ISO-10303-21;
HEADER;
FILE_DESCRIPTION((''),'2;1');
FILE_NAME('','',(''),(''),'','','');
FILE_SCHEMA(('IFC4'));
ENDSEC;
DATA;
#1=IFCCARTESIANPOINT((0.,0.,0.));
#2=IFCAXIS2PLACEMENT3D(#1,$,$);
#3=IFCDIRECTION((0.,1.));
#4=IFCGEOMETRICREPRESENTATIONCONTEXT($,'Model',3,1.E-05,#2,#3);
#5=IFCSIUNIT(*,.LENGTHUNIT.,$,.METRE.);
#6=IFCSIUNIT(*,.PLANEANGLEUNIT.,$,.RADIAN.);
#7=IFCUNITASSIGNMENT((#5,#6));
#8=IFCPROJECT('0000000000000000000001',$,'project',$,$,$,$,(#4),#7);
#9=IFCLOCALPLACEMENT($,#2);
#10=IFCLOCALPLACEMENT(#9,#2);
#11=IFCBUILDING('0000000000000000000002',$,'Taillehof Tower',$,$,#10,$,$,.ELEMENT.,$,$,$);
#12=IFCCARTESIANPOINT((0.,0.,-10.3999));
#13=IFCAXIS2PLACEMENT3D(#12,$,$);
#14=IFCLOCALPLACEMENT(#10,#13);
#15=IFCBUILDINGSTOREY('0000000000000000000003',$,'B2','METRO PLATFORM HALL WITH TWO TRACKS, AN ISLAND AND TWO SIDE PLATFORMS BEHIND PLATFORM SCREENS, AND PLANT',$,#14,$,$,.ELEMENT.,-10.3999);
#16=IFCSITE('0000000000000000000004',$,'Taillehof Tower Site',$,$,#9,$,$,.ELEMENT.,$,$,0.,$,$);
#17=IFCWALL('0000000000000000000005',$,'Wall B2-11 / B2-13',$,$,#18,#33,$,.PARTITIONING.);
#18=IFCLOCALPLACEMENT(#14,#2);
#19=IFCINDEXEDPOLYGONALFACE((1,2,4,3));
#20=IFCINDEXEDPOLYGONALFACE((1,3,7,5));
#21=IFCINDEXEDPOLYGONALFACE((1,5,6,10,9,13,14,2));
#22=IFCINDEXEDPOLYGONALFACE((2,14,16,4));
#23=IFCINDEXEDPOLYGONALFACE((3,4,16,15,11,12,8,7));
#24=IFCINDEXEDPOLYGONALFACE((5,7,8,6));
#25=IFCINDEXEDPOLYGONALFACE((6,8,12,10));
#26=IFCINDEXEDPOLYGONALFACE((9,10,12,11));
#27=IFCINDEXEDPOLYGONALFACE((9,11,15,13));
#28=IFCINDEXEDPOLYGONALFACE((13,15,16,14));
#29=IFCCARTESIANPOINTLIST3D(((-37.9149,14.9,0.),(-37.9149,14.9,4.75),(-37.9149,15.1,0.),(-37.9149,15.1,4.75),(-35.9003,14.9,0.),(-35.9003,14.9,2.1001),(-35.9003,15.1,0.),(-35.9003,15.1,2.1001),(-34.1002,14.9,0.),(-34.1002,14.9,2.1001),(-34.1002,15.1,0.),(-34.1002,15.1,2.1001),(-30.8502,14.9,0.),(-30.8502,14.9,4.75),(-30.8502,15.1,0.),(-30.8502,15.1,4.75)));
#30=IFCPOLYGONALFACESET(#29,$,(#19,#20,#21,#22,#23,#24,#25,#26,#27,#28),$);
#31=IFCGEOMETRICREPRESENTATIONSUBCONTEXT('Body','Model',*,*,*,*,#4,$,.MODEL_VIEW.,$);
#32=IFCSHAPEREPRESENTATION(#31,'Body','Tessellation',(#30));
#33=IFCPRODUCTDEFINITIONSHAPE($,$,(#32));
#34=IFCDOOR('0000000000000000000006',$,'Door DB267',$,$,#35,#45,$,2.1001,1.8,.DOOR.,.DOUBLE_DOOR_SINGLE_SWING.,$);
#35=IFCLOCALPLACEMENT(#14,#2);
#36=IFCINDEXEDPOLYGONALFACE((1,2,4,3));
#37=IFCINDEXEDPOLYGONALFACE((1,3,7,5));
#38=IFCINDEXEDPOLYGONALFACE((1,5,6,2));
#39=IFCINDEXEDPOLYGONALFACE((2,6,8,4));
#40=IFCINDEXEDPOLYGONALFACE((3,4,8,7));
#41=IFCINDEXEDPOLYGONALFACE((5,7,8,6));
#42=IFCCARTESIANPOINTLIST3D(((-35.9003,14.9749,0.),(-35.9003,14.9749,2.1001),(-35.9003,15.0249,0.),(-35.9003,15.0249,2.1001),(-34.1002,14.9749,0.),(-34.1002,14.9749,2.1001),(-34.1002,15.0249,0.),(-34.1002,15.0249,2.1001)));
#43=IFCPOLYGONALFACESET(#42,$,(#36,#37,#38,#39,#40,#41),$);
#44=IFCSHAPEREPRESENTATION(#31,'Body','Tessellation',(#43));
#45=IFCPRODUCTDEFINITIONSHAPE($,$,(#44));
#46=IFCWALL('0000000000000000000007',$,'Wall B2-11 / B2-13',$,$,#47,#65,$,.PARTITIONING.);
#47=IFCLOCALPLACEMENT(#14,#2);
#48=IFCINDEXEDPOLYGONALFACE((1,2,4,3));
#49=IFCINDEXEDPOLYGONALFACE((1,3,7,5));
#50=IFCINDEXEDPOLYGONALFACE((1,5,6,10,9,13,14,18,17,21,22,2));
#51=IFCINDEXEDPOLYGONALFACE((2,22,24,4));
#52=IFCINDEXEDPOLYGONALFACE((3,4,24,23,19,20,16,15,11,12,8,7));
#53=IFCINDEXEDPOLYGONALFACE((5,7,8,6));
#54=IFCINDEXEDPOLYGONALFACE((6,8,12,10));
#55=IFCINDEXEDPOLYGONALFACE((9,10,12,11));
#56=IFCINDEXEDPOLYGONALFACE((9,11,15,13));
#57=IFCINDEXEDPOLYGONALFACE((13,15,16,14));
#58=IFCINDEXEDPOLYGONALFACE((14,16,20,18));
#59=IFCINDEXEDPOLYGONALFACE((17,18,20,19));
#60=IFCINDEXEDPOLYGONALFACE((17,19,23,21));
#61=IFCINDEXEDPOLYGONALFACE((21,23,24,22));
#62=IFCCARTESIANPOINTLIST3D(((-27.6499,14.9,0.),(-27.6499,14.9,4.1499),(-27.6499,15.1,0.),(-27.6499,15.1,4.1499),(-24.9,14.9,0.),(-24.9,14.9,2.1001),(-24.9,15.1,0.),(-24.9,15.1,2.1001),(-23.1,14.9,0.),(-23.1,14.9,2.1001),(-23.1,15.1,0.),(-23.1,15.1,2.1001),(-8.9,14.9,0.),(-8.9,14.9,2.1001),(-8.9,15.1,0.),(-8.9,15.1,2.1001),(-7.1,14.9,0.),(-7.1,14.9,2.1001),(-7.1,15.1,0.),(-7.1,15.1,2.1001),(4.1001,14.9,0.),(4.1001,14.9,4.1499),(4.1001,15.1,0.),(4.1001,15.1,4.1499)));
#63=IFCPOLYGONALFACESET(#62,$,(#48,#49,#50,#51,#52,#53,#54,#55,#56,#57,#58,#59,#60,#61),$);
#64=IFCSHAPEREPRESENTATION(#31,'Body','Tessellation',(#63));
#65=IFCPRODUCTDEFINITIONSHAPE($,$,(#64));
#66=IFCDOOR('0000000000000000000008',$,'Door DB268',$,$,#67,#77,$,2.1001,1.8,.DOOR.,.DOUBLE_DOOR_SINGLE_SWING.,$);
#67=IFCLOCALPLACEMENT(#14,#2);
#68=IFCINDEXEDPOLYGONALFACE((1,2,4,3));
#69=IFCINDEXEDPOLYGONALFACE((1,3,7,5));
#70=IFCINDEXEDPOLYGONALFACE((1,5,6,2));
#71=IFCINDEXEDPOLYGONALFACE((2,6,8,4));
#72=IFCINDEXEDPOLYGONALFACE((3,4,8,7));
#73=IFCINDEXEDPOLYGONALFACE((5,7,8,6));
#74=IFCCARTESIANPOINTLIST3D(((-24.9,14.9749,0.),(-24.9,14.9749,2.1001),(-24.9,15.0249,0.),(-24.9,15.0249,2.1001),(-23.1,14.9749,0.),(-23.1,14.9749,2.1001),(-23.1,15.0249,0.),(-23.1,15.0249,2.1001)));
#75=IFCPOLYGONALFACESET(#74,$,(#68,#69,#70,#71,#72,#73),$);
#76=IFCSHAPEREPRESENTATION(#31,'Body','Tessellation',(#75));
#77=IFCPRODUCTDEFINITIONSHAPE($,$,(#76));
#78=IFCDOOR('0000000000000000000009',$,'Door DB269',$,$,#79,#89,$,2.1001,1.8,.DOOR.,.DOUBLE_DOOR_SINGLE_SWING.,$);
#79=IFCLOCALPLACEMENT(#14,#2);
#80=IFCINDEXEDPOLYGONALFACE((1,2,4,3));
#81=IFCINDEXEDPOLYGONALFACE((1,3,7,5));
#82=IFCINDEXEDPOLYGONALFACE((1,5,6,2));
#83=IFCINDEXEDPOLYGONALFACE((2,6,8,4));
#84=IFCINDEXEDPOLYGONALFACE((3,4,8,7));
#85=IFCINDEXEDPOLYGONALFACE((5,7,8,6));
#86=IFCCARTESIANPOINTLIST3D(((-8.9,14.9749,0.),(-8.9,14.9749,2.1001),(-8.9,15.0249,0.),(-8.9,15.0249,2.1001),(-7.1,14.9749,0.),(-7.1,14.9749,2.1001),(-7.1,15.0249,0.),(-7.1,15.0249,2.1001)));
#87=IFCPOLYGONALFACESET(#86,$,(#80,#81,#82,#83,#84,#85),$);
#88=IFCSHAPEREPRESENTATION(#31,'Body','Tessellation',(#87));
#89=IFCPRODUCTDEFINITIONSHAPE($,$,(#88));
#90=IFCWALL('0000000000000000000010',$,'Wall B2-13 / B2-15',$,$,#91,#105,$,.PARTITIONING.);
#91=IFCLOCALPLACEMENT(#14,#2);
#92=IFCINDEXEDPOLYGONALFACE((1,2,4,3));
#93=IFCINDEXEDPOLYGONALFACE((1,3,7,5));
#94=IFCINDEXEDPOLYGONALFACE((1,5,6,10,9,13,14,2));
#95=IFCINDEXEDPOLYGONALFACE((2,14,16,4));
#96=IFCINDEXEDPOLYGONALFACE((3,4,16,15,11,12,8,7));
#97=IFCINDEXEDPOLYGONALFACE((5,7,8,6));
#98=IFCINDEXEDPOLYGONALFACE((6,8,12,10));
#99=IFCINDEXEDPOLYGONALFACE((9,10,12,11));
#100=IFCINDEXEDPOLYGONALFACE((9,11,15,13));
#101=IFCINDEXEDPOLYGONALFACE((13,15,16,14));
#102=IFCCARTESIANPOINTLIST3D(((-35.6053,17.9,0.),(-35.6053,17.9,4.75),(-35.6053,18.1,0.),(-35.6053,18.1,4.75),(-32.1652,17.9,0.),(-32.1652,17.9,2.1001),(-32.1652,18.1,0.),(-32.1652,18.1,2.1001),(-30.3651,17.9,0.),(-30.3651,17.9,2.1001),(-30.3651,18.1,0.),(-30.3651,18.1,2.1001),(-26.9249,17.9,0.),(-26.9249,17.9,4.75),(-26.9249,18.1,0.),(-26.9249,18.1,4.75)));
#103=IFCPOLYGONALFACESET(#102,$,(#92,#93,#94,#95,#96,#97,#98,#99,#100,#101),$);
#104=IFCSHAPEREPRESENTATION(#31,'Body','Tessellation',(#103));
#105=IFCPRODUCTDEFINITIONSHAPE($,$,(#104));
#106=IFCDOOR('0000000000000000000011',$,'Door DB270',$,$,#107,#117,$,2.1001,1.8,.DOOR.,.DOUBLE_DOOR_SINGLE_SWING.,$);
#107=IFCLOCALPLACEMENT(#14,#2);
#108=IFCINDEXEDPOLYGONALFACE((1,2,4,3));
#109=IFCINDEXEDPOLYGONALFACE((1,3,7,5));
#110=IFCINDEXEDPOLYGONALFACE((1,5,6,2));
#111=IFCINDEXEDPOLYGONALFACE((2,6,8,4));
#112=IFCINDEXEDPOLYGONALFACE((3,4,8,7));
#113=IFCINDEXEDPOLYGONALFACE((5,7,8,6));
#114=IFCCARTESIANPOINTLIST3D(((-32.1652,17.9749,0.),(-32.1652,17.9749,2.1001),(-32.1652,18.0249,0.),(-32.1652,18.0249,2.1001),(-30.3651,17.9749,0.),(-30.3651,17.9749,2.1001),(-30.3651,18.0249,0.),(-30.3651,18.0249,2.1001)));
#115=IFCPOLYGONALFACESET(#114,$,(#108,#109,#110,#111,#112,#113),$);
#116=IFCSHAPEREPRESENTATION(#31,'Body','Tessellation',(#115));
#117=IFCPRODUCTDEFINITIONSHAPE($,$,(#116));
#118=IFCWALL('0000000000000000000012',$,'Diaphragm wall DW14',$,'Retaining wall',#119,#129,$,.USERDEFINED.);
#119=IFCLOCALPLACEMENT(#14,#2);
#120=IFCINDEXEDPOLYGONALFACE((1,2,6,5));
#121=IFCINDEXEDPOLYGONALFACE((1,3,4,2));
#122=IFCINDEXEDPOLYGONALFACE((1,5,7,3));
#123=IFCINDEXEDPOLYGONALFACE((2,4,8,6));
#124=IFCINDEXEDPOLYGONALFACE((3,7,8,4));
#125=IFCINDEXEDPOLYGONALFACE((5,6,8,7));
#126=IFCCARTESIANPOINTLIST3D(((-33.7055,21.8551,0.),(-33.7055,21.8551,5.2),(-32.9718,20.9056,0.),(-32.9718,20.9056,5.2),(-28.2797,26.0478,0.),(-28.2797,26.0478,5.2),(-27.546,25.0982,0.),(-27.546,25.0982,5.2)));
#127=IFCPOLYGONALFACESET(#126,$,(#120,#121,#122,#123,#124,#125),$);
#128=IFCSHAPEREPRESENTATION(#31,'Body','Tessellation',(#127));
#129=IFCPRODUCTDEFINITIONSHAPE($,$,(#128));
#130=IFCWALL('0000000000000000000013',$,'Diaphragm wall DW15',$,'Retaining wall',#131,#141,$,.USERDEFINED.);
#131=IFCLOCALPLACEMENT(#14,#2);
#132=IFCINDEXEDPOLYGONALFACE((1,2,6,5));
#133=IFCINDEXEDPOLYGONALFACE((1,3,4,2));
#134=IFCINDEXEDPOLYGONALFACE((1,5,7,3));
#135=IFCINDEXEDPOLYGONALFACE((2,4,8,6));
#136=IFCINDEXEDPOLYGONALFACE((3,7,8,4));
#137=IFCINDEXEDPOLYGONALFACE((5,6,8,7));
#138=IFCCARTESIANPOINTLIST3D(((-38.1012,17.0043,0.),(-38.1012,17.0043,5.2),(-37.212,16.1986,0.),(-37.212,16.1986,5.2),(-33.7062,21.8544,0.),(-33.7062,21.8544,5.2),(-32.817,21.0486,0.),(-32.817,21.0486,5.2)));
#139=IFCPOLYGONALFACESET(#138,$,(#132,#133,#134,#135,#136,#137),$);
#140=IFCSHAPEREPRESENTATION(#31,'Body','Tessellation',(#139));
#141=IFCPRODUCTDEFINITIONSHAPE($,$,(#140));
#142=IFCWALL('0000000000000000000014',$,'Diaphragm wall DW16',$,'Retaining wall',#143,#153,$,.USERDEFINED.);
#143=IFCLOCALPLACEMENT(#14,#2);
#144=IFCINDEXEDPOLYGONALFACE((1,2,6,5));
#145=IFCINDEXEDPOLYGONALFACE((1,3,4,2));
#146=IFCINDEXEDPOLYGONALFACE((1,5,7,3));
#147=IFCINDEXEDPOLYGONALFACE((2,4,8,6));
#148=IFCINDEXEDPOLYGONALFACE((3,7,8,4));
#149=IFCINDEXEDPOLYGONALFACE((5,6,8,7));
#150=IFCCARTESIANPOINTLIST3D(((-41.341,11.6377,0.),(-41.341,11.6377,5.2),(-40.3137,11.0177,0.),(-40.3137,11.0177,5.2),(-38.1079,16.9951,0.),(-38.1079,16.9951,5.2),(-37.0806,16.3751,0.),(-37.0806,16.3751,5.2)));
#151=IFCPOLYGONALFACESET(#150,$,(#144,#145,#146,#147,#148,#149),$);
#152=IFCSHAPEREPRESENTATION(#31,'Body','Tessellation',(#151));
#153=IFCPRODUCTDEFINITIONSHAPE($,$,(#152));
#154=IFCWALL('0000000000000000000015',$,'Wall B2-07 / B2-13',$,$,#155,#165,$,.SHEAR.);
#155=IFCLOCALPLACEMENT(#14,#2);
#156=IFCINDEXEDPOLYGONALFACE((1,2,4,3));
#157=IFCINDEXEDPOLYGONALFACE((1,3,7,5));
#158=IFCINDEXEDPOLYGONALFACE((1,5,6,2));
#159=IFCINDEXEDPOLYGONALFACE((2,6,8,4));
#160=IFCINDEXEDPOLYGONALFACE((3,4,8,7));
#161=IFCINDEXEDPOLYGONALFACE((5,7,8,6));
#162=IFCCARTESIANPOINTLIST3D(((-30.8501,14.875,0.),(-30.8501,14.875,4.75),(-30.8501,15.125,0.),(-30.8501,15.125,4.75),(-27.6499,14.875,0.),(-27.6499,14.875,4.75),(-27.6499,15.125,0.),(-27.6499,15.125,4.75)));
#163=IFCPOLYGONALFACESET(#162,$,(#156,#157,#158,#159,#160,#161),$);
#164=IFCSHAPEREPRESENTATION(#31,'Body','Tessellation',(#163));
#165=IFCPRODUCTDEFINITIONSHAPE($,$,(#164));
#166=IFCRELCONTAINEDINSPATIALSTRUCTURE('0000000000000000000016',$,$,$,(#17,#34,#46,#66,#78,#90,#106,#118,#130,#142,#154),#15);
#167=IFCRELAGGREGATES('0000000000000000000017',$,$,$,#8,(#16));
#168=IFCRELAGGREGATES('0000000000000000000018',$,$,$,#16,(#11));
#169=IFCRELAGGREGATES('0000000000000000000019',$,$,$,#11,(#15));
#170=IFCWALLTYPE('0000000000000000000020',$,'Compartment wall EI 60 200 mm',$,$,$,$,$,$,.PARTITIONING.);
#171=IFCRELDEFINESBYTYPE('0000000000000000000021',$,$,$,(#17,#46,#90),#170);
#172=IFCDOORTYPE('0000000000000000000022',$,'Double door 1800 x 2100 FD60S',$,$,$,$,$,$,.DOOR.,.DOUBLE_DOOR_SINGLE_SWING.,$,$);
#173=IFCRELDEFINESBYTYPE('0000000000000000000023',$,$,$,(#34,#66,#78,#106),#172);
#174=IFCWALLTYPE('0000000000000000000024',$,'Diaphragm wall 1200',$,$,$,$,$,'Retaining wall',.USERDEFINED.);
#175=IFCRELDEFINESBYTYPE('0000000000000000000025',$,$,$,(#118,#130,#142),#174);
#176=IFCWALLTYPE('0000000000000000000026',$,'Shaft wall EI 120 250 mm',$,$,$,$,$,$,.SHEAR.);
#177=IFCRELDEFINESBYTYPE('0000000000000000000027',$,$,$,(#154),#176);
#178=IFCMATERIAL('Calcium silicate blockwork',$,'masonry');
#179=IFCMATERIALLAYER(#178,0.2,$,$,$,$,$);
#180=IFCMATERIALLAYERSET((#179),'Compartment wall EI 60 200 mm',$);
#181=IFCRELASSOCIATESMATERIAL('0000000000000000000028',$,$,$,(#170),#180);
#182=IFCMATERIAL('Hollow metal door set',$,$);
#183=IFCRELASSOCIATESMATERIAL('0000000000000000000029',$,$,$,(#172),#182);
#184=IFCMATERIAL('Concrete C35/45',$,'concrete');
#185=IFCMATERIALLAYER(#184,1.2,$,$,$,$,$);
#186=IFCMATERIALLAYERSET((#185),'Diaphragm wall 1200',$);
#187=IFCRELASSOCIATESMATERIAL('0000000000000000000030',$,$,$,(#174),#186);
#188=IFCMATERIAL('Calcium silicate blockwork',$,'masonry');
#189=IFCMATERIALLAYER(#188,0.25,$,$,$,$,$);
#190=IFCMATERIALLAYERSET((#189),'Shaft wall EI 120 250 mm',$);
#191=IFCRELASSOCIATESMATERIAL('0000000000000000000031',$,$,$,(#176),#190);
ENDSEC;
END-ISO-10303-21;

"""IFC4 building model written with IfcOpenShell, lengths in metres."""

from ifc_helpers import new_model, si_unit, direction, frame, frame_2d, origin, place, context, subcontext, project, spatial, rectangle, extrude, material, layer, layer_set, type_object, element, fill, save


model = new_model("IFC4")

# Units and contexts
model_context = context("Model", 3, precision=1e-05, world=origin(), true_north=direction((0.0, 1.0)))
body_context = subcontext(model_context, "Body", "Model", "MODEL_VIEW")
ifc_project = project(units=[si_unit("LENGTHUNIT", "METRE"), si_unit("PLANEANGLEUNIT", "RADIAN")], contexts=[model_context])

# Site, building, storey
site_placement = place(None, origin())
site = spatial("IfcSite", under=ifc_project, at=site_placement, Name="Taillehof Tower Site", CompositionType="ELEMENT", RefElevation=0.0)
building_placement = place(site_placement, origin())
building = spatial("IfcBuilding", under=site, at=building_placement, Name="Taillehof Tower", CompositionType="ELEMENT")
storey_placement = place(building_placement, frame((0.0, 0.0, -10.3999)))
storey = spatial("IfcBuildingStorey", under=building, at=storey_placement, Name="B2", Description="METRO PLATFORM HALL WITH TWO TRACKS, AN ISLAND AND TWO SIDE PLATFORMS BEHIND PLATFORM SCREENS, AND PLANT", CompositionType="ELEMENT", Elevation=-10.3999)

# Wall, opening, door
ifc_material_1 = material(Name="Calcium silicate blockwork", Category="masonry")
ifc_layer_1 = layer(ifc_material_1, 0.2)
ifc_layer_set_1 = layer_set([ifc_layer_1], Name="Compartment wall EI 60 200 mm")
wall_type_1 = type_object("IfcWallType", Name="Compartment wall EI 60 200 mm", PredefinedType="PARTITIONING", material=ifc_layer_set_1)
wall_1_placement = place(storey_placement, frame((-37.9148, 15.0, 0.0), z_axis=(0.0, 0.0, 1.0), x_axis=(1.0, 0.0, 0.0)))
wall_1 = element("IfcWall", 1, at=wall_1_placement, inside=storey, type_object=wall_type_1, Name="Wall B2-11 / B2-13", PredefinedType="PARTITIONING", context=body_context, shape_type="SweptSolid", body=[
    extrude(rectangle(XDim=7.0647, YDim=0.2, at=frame_2d((3.5322, 0.0))), origin(), (0.0, 0.0, 1.0), 4.75),
])
opening_1_placement = place(wall_1_placement, frame((2.0146, 0.0, 0.0)))
opening_1 = element("IfcOpeningElement", 2, at=opening_1_placement, cuts=wall_1, PredefinedType="OPENING", context=body_context, shape_type="SweptSolid", body=[
    extrude(rectangle(XDim=1.8, YDim=2.1001, at=frame_2d((0.8999, 1.05))), frame((0.0, 0.1099, 0.0), z_axis=(0.0, -1.0, 0.0), x_axis=(1.0, 0.0, 0.0)), (0.0, 0.0, 1.0), 0.22),
])
ifc_material_2 = material(Name="Hollow metal door set")
door_type_1 = type_object("IfcDoorType", Name="Double door 1800 x 2100 FD60S", OperationType="DOUBLE_DOOR_SINGLE_SWING", PredefinedType="DOOR", material=ifc_material_2)
door_1_placement = place(opening_1_placement, origin())
door_1 = element("IfcDoor", 3, at=door_1_placement, inside=storey, type_object=door_type_1, Name="Door DB267", OperationType="DOUBLE_DOOR_SINGLE_SWING", OverallHeight=2.1001, OverallWidth=1.8, PredefinedType="DOOR", context=body_context, shape_type="SweptSolid", body=[
    extrude(rectangle(XDim=1.8, YDim=2.1001, at=frame_2d((0.8999, 1.05))), frame((0.0, 0.0249, 0.0), z_axis=(0.0, -1.0, 0.0), x_axis=(1.0, 0.0, 0.0)), (0.0, 0.0, 1.0), 0.05),
])
fill(opening_1, door_1)

# Wall, openings, doors
wall_2_placement = place(storey_placement, frame((-27.6499, 15.0, 0.0), z_axis=(0.0, 0.0, 1.0), x_axis=(1.0, 0.0, 0.0)))
wall_2 = element("IfcWall", 4, at=wall_2_placement, inside=storey, type_object=wall_type_1, Name="Wall B2-11 / B2-13", PredefinedType="PARTITIONING", context=body_context, shape_type="SweptSolid", body=[
    extrude(rectangle(XDim=31.75, YDim=0.2, at=frame_2d((15.875, 0.0))), origin(), (0.0, 0.0, 1.0), 4.1499),
])
opening_2_placement = place(wall_2_placement, frame((2.75, 0.0, 0.0)))
opening_2 = element("IfcOpeningElement", 5, at=opening_2_placement, cuts=wall_2, PredefinedType="OPENING", context=body_context, shape_type="SweptSolid", body=[
    extrude(rectangle(XDim=1.8, YDim=2.1001, at=frame_2d((0.8999, 1.05))), frame((0.0, 0.1099, 0.0), z_axis=(0.0, -1.0, 0.0), x_axis=(1.0, 0.0, 0.0)), (0.0, 0.0, 1.0), 0.22),
])
opening_3_placement = place(wall_2_placement, frame((18.75, 0.0, 0.0)))
opening_3 = element("IfcOpeningElement", 6, at=opening_3_placement, cuts=wall_2, PredefinedType="OPENING", context=body_context, shape_type="SweptSolid", body=[
    extrude(rectangle(XDim=1.8, YDim=2.1001, at=frame_2d((0.8999, 1.05))), frame((0.0, 0.1099, 0.0), z_axis=(0.0, -1.0, 0.0), x_axis=(1.0, 0.0, 0.0)), (0.0, 0.0, 1.0), 0.22),
])
door_2_placement = place(opening_2_placement, origin())
door_2 = element("IfcDoor", 7, at=door_2_placement, inside=storey, type_object=door_type_1, Name="Door DB268", OperationType="DOUBLE_DOOR_SINGLE_SWING", OverallHeight=2.1001, OverallWidth=1.8, PredefinedType="DOOR", context=body_context, shape_type="SweptSolid", body=[
    extrude(rectangle(XDim=1.8, YDim=2.1001, at=frame_2d((0.8999, 1.05))), frame((0.0, 0.0249, 0.0), z_axis=(0.0, -1.0, 0.0), x_axis=(1.0, 0.0, 0.0)), (0.0, 0.0, 1.0), 0.05),
])
fill(opening_2, door_2)
door_3_placement = place(opening_3_placement, origin())
door_3 = element("IfcDoor", 8, at=door_3_placement, inside=storey, type_object=door_type_1, Name="Door DB269", OperationType="DOUBLE_DOOR_SINGLE_SWING", OverallHeight=2.1001, OverallWidth=1.8, PredefinedType="DOOR", context=body_context, shape_type="SweptSolid", body=[
    extrude(rectangle(XDim=1.8, YDim=2.1001, at=frame_2d((0.8999, 1.05))), frame((0.0, 0.0249, 0.0), z_axis=(0.0, -1.0, 0.0), x_axis=(1.0, 0.0, 0.0)), (0.0, 0.0, 1.0), 0.05),
])
fill(opening_3, door_3)

# Wall, opening, door
wall_3_placement = place(storey_placement, frame((-35.6055, 18.0, 0.0), z_axis=(0.0, 0.0, 1.0), x_axis=(1.0, 0.0, 0.0)))
wall_3 = element("IfcWall", 9, at=wall_3_placement, inside=storey, type_object=wall_type_1, Name="Wall B2-13 / B2-15", PredefinedType="PARTITIONING", context=body_context, shape_type="SweptSolid", body=[
    extrude(rectangle(XDim=8.6804, YDim=0.2, at=frame_2d((4.3403, 0.0))), origin(), (0.0, 0.0, 1.0), 4.75),
])
opening_4_placement = place(wall_3_placement, frame((3.4404, 0.0, 0.0)))
opening_4 = element("IfcOpeningElement", 10, at=opening_4_placement, cuts=wall_3, PredefinedType="OPENING", context=body_context, shape_type="SweptSolid", body=[
    extrude(rectangle(XDim=1.8, YDim=2.1001, at=frame_2d((0.8999, 1.05))), frame((0.0, 0.1099, 0.0), z_axis=(0.0, -1.0, 0.0), x_axis=(1.0, 0.0, 0.0)), (0.0, 0.0, 1.0), 0.22),
])
door_4_placement = place(opening_4_placement, origin())
door_4 = element("IfcDoor", 11, at=door_4_placement, inside=storey, type_object=door_type_1, Name="Door DB270", OperationType="DOUBLE_DOOR_SINGLE_SWING", OverallHeight=2.1001, OverallWidth=1.8, PredefinedType="DOOR", context=body_context, shape_type="SweptSolid", body=[
    extrude(rectangle(XDim=1.8, YDim=2.1001, at=frame_2d((0.8999, 1.05))), frame((0.0, 0.0249, 0.0), z_axis=(0.0, -1.0, 0.0), x_axis=(1.0, 0.0, 0.0)), (0.0, 0.0, 1.0), 0.05),
])
fill(opening_4, door_4)

# Walls
ifc_material_3 = material(Name="Concrete C35/45", Category="concrete")
ifc_layer_2 = layer(ifc_material_3, 1.2)
ifc_layer_set_2 = layer_set([ifc_layer_2], Name="Diaphragm wall 1200")
wall_type_2 = type_object("IfcWallType", Name="Diaphragm wall 1200", ElementType="Retaining wall", PredefinedType="USERDEFINED", material=ifc_layer_set_2)
wall_4_placement = place(storey_placement, frame((-27.9128, 25.573, 0.0), z_axis=(0.0, 0.0, 1.0), x_axis=(-0.791287, -0.611445, 0.0)))
element("IfcWall", 12, at=wall_4_placement, inside=storey, type_object=wall_type_2, Name="Diaphragm wall DW14", ObjectType="Retaining wall", PredefinedType="USERDEFINED", context=body_context, shape_type="SweptSolid", body=[
    extrude(rectangle(XDim=6.8569, YDim=1.2, at=frame_2d((3.4285, 0.0))), origin(), (0.0, 0.0, 1.0), 5.2),
])
wall_5_placement = place(storey_placement, frame((-33.2617, 21.4514, 0.0), z_axis=(0.0, 0.0, 1.0), x_axis=(-0.671487, -0.741016, 0.0)))
element("IfcWall", 13, at=wall_5_placement, inside=storey, type_object=wall_type_2, Name="Diaphragm wall DW15", ObjectType="Retaining wall", PredefinedType="USERDEFINED", context=body_context, shape_type="SweptSolid", body=[
    extrude(rectangle(XDim=6.5452, YDim=1.2, at=frame_2d((3.2725, 0.0))), origin(), (0.0, 0.0, 1.0), 5.2),
])
wall_6_placement = place(storey_placement, frame((-37.5942, 16.6851, 0.0), z_axis=(0.0, 0.0, 1.0), x_axis=(-0.516692, -0.856172, 0.0)))
element("IfcWall", 14, at=wall_6_placement, inside=storey, type_object=wall_type_2, Name="Diaphragm wall DW16", ObjectType="Retaining wall", PredefinedType="USERDEFINED", context=body_context, shape_type="SweptSolid", body=[
    extrude(rectangle(XDim=6.2573, YDim=1.2, at=frame_2d((3.1287, 0.0))), origin(), (0.0, 0.0, 1.0), 5.2),
])
ifc_material_4 = material(Name="Calcium silicate blockwork", Category="masonry")
ifc_layer_3 = layer(ifc_material_4, 0.25)
ifc_layer_set_3 = layer_set([ifc_layer_3], Name="Shaft wall EI 120 250 mm")
wall_type_3 = type_object("IfcWallType", Name="Shaft wall EI 120 250 mm", PredefinedType="SHEAR", material=ifc_layer_set_3)
wall_7_placement = place(storey_placement, frame((-30.8501, 15.0, 0.0), z_axis=(0.0, 0.0, 1.0), x_axis=(1.0, 0.0, 0.0)))
element("IfcWall", 15, at=wall_7_placement, inside=storey, type_object=wall_type_3, Name="Wall B2-07 / B2-13", PredefinedType="SHEAR", context=body_context, shape_type="SweptSolid", body=[
    extrude(rectangle(XDim=3.2002, YDim=0.25, at=frame_2d((1.6001, 0.0))), origin(), (0.0, 0.0, 1.0), 4.75),
])

save(model, "model.ifc")
